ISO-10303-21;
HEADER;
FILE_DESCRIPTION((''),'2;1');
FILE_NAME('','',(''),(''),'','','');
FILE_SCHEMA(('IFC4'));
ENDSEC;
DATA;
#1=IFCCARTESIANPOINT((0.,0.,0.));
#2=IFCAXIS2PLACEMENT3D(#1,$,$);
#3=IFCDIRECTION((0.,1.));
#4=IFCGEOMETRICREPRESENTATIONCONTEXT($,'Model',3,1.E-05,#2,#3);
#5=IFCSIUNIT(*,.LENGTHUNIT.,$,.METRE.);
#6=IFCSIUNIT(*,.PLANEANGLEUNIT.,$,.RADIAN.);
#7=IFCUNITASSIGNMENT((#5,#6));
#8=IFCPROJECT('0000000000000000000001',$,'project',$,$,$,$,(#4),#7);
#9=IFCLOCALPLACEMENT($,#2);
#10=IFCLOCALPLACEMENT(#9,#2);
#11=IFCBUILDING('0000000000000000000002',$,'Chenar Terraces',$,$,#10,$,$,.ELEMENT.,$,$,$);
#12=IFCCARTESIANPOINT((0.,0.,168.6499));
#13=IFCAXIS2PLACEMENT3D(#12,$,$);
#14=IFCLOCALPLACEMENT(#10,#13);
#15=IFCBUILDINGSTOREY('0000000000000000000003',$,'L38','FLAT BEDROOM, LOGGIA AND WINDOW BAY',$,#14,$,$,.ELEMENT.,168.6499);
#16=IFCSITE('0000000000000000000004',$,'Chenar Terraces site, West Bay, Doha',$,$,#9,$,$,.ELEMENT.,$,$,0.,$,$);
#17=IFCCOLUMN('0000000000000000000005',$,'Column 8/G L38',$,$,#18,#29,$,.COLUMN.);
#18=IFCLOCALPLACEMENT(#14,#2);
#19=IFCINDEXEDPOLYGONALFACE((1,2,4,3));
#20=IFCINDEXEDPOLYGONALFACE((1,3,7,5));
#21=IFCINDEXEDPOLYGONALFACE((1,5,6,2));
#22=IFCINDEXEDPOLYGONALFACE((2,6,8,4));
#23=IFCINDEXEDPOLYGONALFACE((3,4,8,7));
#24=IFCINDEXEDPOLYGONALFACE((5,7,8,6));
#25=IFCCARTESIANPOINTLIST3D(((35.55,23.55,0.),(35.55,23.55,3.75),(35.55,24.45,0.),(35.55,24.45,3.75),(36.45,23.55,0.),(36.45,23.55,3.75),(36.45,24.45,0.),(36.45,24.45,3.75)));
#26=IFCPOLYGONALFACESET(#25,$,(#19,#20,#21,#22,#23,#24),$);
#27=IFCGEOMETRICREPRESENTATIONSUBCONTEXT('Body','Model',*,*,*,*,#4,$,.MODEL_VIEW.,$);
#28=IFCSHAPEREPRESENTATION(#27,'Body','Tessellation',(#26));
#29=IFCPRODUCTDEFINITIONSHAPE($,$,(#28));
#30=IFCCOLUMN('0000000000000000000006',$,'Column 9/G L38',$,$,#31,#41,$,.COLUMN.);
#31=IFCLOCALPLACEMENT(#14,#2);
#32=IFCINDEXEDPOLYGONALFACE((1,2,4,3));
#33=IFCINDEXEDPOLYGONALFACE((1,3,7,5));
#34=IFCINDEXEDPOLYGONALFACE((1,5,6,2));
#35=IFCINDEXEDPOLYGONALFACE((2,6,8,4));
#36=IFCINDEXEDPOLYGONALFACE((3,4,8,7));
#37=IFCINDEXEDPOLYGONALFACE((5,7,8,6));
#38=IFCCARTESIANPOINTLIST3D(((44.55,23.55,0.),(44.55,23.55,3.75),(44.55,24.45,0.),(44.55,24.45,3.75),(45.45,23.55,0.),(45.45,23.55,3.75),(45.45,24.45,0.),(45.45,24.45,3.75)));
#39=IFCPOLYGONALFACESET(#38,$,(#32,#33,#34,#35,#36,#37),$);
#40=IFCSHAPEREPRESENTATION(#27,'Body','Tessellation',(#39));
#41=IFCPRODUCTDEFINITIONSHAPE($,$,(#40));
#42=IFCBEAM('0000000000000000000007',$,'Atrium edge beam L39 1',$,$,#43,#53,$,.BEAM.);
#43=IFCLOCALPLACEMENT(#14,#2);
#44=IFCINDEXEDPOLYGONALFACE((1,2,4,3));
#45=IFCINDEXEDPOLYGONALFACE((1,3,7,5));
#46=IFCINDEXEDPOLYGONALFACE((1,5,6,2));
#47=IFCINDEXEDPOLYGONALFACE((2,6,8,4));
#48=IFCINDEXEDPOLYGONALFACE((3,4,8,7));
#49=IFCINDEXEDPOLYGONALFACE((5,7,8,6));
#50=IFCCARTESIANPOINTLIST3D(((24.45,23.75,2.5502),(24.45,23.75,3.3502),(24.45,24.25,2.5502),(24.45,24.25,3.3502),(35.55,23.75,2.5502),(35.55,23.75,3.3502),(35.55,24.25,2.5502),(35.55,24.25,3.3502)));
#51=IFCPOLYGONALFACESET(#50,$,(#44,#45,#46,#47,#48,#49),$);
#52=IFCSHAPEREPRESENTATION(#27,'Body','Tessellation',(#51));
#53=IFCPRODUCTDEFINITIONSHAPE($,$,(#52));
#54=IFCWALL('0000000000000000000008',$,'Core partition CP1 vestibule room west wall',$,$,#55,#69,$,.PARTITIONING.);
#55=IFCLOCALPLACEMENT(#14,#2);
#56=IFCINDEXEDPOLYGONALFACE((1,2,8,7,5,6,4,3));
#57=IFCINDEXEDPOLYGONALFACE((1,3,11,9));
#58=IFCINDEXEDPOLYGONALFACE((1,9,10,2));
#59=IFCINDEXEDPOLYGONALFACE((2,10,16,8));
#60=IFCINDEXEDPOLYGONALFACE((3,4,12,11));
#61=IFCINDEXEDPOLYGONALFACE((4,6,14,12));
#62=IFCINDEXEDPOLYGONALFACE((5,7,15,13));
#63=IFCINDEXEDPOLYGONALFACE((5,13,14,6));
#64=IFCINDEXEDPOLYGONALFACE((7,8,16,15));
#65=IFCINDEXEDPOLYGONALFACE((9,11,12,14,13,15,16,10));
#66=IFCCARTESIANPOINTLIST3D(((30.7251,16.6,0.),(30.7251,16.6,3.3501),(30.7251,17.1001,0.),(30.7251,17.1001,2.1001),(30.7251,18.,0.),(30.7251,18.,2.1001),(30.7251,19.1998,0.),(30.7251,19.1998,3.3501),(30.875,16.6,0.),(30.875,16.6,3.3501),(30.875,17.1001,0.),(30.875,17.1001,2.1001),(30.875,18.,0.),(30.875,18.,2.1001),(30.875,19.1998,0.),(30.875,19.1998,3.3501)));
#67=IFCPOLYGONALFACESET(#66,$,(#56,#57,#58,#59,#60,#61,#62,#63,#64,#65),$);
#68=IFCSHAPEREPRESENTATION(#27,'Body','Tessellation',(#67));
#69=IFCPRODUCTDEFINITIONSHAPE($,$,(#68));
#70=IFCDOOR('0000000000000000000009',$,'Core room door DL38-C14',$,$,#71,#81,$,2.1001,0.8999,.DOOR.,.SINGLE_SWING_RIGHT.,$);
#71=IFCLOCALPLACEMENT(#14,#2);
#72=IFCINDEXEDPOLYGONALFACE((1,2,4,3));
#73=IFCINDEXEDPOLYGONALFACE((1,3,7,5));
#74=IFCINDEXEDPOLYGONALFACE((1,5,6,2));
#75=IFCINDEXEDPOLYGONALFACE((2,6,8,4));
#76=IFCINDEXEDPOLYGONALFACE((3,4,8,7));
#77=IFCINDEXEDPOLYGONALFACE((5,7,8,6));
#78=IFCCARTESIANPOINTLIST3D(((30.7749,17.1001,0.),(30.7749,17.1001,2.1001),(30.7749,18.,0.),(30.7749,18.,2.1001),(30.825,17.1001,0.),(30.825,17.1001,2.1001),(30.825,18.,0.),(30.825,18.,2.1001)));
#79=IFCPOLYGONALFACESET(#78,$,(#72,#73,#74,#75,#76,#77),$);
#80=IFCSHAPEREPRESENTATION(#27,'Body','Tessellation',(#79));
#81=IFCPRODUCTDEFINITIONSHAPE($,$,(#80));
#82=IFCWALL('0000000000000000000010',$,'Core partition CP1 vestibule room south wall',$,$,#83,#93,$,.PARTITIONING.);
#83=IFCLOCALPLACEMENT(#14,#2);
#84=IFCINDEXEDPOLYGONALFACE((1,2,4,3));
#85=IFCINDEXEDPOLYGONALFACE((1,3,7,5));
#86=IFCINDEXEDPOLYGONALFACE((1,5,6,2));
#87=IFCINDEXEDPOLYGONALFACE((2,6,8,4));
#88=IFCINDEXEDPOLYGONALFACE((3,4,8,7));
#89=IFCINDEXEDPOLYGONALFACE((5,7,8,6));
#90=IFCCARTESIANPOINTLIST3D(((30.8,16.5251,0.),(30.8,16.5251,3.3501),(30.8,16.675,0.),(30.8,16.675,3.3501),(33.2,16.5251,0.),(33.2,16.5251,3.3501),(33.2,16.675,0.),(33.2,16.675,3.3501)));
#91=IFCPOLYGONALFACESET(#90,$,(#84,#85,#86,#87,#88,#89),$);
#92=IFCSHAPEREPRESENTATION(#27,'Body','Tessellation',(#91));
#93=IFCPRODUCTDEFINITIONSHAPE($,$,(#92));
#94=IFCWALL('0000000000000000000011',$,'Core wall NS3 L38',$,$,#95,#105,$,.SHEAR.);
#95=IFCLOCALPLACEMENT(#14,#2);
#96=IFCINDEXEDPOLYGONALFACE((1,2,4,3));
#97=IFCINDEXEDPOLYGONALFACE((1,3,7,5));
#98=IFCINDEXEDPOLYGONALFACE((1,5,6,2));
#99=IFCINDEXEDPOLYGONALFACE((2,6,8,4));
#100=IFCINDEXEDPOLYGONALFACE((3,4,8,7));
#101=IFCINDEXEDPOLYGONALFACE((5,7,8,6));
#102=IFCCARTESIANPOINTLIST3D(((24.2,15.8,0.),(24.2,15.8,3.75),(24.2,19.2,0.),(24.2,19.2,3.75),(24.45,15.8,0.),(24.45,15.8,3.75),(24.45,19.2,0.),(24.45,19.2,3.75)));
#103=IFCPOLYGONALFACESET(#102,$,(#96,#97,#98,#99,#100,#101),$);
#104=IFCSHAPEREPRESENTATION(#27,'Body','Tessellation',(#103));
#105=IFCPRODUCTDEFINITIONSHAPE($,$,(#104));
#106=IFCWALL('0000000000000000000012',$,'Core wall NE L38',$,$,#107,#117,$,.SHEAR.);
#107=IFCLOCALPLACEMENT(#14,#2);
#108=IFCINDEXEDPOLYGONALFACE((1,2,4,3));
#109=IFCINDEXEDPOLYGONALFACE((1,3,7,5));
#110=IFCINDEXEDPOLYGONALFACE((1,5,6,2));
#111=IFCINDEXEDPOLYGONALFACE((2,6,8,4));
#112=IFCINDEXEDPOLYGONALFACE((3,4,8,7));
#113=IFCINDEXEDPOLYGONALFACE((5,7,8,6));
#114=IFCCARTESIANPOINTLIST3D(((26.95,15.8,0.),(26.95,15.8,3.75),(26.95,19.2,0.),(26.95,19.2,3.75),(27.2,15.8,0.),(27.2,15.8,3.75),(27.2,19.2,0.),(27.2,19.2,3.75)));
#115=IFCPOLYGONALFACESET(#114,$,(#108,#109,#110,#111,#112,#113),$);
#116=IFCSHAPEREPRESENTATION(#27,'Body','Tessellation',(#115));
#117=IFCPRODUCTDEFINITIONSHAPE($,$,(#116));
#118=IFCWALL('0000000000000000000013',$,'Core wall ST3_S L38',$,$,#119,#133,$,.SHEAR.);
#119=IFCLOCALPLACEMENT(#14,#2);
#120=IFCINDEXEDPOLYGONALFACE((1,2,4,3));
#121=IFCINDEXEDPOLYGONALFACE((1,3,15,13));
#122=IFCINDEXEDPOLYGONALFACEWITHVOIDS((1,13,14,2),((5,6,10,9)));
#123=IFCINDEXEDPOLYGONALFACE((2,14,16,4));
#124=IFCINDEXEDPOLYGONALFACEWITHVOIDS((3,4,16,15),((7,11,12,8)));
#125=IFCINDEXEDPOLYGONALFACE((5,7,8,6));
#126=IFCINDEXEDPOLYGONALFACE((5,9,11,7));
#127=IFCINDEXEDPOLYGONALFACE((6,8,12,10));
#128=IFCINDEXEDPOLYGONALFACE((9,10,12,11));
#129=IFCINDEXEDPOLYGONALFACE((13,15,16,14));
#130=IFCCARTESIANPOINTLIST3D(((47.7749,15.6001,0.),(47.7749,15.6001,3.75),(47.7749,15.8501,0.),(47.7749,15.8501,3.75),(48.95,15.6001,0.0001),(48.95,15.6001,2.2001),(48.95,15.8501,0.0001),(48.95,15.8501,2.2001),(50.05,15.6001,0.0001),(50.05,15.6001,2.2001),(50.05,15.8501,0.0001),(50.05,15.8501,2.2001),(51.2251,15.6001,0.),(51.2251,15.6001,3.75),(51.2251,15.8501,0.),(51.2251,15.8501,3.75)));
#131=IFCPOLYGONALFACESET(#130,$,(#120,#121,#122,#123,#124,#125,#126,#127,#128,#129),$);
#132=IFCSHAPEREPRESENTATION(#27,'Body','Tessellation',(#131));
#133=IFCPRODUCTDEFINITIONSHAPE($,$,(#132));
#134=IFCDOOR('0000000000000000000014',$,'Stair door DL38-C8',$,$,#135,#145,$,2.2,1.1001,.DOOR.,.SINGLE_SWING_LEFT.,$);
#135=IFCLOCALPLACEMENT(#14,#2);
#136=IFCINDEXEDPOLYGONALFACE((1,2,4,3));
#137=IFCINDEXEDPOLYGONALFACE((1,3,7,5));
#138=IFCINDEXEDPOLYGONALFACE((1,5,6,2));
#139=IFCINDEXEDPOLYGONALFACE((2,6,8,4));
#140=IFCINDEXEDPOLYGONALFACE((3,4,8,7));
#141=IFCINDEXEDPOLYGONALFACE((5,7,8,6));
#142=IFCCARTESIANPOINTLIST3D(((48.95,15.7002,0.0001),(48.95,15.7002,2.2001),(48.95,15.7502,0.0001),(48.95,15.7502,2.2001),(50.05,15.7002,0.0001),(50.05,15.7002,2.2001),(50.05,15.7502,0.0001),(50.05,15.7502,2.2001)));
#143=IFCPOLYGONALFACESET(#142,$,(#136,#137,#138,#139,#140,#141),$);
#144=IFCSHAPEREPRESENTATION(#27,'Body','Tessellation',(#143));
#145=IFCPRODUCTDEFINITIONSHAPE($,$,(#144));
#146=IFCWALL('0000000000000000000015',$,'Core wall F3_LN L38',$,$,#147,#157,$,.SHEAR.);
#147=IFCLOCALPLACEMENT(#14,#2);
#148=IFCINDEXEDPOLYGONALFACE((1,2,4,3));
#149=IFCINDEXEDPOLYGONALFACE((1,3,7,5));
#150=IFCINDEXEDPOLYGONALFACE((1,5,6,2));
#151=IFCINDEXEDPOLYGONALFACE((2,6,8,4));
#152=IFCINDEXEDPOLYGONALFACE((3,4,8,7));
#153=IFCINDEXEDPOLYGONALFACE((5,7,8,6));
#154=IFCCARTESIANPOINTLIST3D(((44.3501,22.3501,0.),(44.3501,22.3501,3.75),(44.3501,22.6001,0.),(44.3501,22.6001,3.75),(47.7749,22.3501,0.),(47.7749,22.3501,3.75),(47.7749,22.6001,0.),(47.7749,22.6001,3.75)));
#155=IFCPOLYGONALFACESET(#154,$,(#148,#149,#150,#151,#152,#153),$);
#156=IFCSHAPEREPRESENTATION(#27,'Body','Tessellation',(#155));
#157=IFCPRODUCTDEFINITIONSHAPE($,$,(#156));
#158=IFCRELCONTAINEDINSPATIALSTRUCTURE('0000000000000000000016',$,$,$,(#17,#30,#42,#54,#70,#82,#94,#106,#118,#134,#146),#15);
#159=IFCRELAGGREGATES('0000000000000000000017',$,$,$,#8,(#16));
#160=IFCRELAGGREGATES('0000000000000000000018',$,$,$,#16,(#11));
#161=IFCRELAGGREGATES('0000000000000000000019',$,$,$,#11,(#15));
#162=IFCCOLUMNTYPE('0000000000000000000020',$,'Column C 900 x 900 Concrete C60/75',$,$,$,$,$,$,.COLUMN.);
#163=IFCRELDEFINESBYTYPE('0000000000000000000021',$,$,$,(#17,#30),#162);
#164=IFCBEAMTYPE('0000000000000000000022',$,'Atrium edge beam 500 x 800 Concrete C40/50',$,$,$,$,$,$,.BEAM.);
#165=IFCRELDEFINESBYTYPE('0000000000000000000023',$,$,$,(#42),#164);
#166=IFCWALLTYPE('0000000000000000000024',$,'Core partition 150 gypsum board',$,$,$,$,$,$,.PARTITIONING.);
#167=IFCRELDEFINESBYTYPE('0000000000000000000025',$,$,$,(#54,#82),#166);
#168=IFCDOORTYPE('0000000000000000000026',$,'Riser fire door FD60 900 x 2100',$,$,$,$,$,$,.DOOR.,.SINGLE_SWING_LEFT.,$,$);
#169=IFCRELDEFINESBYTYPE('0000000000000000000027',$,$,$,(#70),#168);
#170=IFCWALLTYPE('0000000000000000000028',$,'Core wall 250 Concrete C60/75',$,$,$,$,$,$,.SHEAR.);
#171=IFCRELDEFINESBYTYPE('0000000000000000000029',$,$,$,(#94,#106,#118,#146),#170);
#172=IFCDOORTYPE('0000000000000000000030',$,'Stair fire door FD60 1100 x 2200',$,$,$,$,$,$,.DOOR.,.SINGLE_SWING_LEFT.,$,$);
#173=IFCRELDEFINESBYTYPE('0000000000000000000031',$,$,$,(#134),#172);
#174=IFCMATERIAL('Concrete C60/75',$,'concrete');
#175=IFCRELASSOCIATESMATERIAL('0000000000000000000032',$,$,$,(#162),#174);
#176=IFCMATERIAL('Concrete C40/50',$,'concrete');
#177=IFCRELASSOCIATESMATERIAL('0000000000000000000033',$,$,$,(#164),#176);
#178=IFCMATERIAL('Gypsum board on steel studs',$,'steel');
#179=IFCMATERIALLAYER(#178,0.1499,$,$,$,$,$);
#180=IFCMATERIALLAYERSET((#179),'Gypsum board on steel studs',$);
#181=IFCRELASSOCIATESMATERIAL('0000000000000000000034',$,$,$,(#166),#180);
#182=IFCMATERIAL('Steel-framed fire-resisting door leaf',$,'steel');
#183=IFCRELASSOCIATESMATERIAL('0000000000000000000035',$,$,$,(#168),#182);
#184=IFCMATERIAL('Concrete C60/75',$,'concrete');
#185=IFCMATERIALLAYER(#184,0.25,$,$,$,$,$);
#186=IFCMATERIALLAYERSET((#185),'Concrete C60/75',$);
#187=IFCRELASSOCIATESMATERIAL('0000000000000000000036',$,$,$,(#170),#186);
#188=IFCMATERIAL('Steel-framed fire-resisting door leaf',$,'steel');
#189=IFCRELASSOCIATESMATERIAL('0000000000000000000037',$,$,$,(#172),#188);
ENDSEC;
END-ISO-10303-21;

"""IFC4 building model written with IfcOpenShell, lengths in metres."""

from ifc_helpers import new_model, si_unit, direction, frame, frame_2d, origin, origin_2d, place, context, subcontext, project, spatial, rectangle, extrude, material, layer, layer_set, material_profile, profile_set, type_object, element, fill, save


model = new_model("IFC4")

# Units and contexts
model_context = context("Model", 3, precision=1e-05, world=origin(), true_north=direction((0.0, 1.0)))
body_context = subcontext(model_context, "Body", "Model", "MODEL_VIEW")
ifc_project = project(units=[si_unit("LENGTHUNIT", "METRE"), si_unit("PLANEANGLEUNIT", "RADIAN")], contexts=[model_context])

# Site, building, storey
site_placement = place(None, origin())
site = spatial("IfcSite", under=ifc_project, at=site_placement, Name="Chenar Terraces site, West Bay, Doha", CompositionType="ELEMENT", RefElevation=0.0)
building_placement = place(site_placement, origin())
building = spatial("IfcBuilding", under=site, at=building_placement, Name="Chenar Terraces", CompositionType="ELEMENT")
storey_placement = place(building_placement, frame((0.0, 0.0, 168.6499)))
storey = spatial("IfcBuildingStorey", under=building, at=storey_placement, Name="L38", Description="FLAT BEDROOM, LOGGIA AND WINDOW BAY", CompositionType="ELEMENT", Elevation=168.6499)

# Columns
ifc_material_1 = material(Name="Concrete C60/75", Category="concrete")
ifc_material_profile_1 = material_profile(ifc_material_1, rectangle(XDim=0.8999, YDim=0.8999, at=origin_2d()), Name="C 900 x 900")
ifc_profile_set_1 = profile_set([ifc_material_profile_1], Name="Concrete C60/75")
column_type = type_object("IfcColumnType", Name="Column C 900 x 900 Concrete C60/75", PredefinedType="COLUMN", material=ifc_profile_set_1)
for number, where, z_axis, x_axis, name in (
    (1, (36.0, 24.0, 0.0), (0.0, 0.0, 1.0), (1.0, 0.0, 0.0), "Column 8/G L38"),
    (2, (45.0, 24.0, 0.0), (0.0, 0.0, 1.0), (1.0, 0.0, 0.0), "Column 9/G L38"),
):
    element("IfcColumn", number, at=place(storey_placement, frame(where, z_axis=z_axis, x_axis=x_axis)), inside=storey, type_object=column_type, Name=name, PredefinedType="COLUMN", context=body_context, shape_type="SweptSolid", body=[
        extrude(rectangle(XDim=0.8999, YDim=0.8999, at=origin_2d()), origin(), (0.0, 0.0, 1.0), 3.75),
    ])

# Beam
ifc_material_2 = material(Name="Concrete C40/50", Category="concrete")
ifc_material_profile_2 = material_profile(ifc_material_2, rectangle(XDim=0.5, YDim=0.8, at=origin_2d()), Name="RC 500 x 800")
ifc_profile_set_2 = profile_set([ifc_material_profile_2], Name="Concrete C40/50")
beam_type = type_object("IfcBeamType", Name="Atrium edge beam 500 x 800 Concrete C40/50", PredefinedType="BEAM", material=ifc_profile_set_2)
beam_placement = place(storey_placement, frame((24.45, 24.0, 2.9502), z_axis=(1.0, 0.0, 0.0), x_axis=(0.0, 1.0, 0.0)))
element("IfcBeam", 3, at=beam_placement, inside=storey, type_object=beam_type, Name="Atrium edge beam L39 1", PredefinedType="BEAM", context=body_context, shape_type="SweptSolid", body=[
    extrude(rectangle(XDim=0.5, YDim=0.8, at=origin_2d()), origin(), (0.0, 0.0, 1.0), 11.1001),
])

# Wall, opening, door
ifc_material_3 = material(Name="Gypsum board on steel studs", Category="steel")
ifc_layer_1 = layer(ifc_material_3, 0.1499)
ifc_layer_set_1 = layer_set([ifc_layer_1], Name="Gypsum board on steel studs")
wall_type_1 = type_object("IfcWallType", Name="Core partition 150 gypsum board", PredefinedType="PARTITIONING", material=ifc_layer_set_1)
wall_1_placement = place(storey_placement, frame((30.8, 16.6001, 0.0), z_axis=(0.0, 0.0, 1.0), x_axis=(0.0, 1.0, 0.0)))
wall_1 = element("IfcWall", 4, at=wall_1_placement, inside=storey, type_object=wall_type_1, Name="Core partition CP1 vestibule room west wall", PredefinedType="PARTITIONING", context=body_context, shape_type="SweptSolid", body=[
    extrude(rectangle(XDim=2.5999, YDim=0.1499, at=frame_2d((1.2998, 0.0))), origin(), (0.0, 0.0, 1.0), 3.3501),
])
opening_1_placement = place(wall_1_placement, frame((0.5, 0.0, 0.0)))
opening_1 = element("IfcOpeningElement", 5, at=opening_1_placement, cuts=wall_1, PredefinedType="OPENING", context=body_context, shape_type="SweptSolid", body=[
    extrude(rectangle(XDim=0.8999, YDim=2.1001, at=frame_2d((0.45, 1.05))), frame((0.0, 0.085, 0.0), z_axis=(0.0, -1.0, 0.0), x_axis=(1.0, 0.0, 0.0)), (0.0, 0.0, 1.0), 0.1699),
])
ifc_material_4 = material(Name="Steel-framed fire-resisting door leaf", Category="steel")
door_type_1 = type_object("IfcDoorType", Name="Riser fire door FD60 900 x 2100", OperationType="SINGLE_SWING_LEFT", PredefinedType="DOOR", material=ifc_material_4)
door_1_placement = place(opening_1_placement, frame((0.8999, 0.0, 0.0), z_axis=(0.0, 0.0, 1.0), x_axis=(-1.0, 0.0, 0.0)))
door_1 = element("IfcDoor", 6, at=door_1_placement, inside=storey, type_object=door_type_1, Name="Core room door DL38-C14", OperationType="SINGLE_SWING_RIGHT", OverallHeight=2.1001, OverallWidth=0.8999, PredefinedType="DOOR", context=body_context, shape_type="SweptSolid", body=[
    extrude(rectangle(XDim=0.8999, YDim=2.1001, at=frame_2d((0.45, 1.05))), frame((0.0, 0.0249, 0.0), z_axis=(0.0, -1.0, 0.0), x_axis=(1.0, 0.0, 0.0)), (0.0, 0.0, 1.0), 0.05),
])
fill(opening_1, door_1)

# Walls
wall_2_placement = place(storey_placement, frame((30.8, 16.6001, 0.0), z_axis=(0.0, 0.0, 1.0), x_axis=(1.0, 0.0, 0.0)))
element("IfcWall", 7, at=wall_2_placement, inside=storey, type_object=wall_type_1, Name="Core partition CP1 vestibule room south wall", PredefinedType="PARTITIONING", context=body_context, shape_type="SweptSolid", body=[
    extrude(rectangle(XDim=2.3999, YDim=0.1499, at=frame_2d((1.2, 0.0))), origin(), (0.0, 0.0, 1.0), 3.3501),
])
ifc_material_5 = material(Name="Concrete C60/75", Category="concrete")
ifc_layer_2 = layer(ifc_material_5, 0.25)
ifc_layer_set_2 = layer_set([ifc_layer_2], Name="Concrete C60/75")
wall_type_2 = type_object("IfcWallType", Name="Core wall 250 Concrete C60/75", PredefinedType="SHEAR", material=ifc_layer_set_2)
for number, where, z_axis, x_axis, name in (
    (8, (24.325, 15.8, 0.0), (0.0, 0.0, 1.0), (0.0, 1.0, 0.0), "Core wall NS3 L38"),
    (9, (27.075, 15.8, 0.0), (0.0, 0.0, 1.0), (0.0, 1.0, 0.0), "Core wall NE L38"),
):
    element("IfcWall", number, at=place(storey_placement, frame(where, z_axis=z_axis, x_axis=x_axis)), inside=storey, type_object=wall_type_2, Name=name, PredefinedType="SHEAR", context=body_context, shape_type="SweptSolid", body=[
        extrude(rectangle(XDim=3.3999, YDim=0.25, at=frame_2d((1.7, 0.0))), origin(), (0.0, 0.0, 1.0), 3.75),
    ])

# Wall, opening, door
wall_3_placement = place(storey_placement, frame((47.7749, 15.7251, 0.0), z_axis=(0.0, 0.0, 1.0), x_axis=(1.0, 0.0, 0.0)))
wall_3 = element("IfcWall", 10, at=wall_3_placement, inside=storey, type_object=wall_type_2, Name="Core wall ST3_S L38", PredefinedType="SHEAR", context=body_context, shape_type="SweptSolid", body=[
    extrude(rectangle(XDim=3.4502, YDim=0.25, at=frame_2d((1.7251, 0.0))), origin(), (0.0, 0.0, 1.0), 3.75),
])
opening_2_placement = place(wall_3_placement, frame((1.175, 0.0, 0.0)))
opening_2 = element("IfcOpeningElement", 11, at=opening_2_placement, cuts=wall_3, PredefinedType="OPENING", context=body_context, shape_type="SweptSolid", body=[
    extrude(rectangle(XDim=1.1001, YDim=2.2, at=frame_2d((0.55, 1.1001))), frame((0.0, 0.135, 0.0), z_axis=(0.0, -1.0, 0.0), x_axis=(1.0, 0.0, 0.0)), (0.0, 0.0, 1.0), 0.27),
])
ifc_material_6 = material(Name="Steel-framed fire-resisting door leaf", Category="steel")
door_type_2 = type_object("IfcDoorType", Name="Stair fire door FD60 1100 x 2200", OperationType="SINGLE_SWING_LEFT", PredefinedType="DOOR", material=ifc_material_6)
door_2_placement = place(opening_2_placement, frame((1.1001, 0.0, 0.0), z_axis=(0.0, 0.0, 1.0), x_axis=(-1.0, 0.0, 0.0)))
door_2 = element("IfcDoor", 12, at=door_2_placement, inside=storey, type_object=door_type_2, Name="Stair door DL38-C8", OperationType="SINGLE_SWING_LEFT", OverallHeight=2.2, OverallWidth=1.1001, PredefinedType="DOOR", context=body_context, shape_type="SweptSolid", body=[
    extrude(rectangle(XDim=1.1001, YDim=2.2, at=frame_2d((0.55, 1.1001))), frame((0.0, 0.0249, 0.0), z_axis=(0.0, -1.0, 0.0), x_axis=(1.0, 0.0, 0.0)), (0.0, 0.0, 1.0), 0.05),
])
fill(opening_2, door_2)

# Wall
wall_4_placement = place(storey_placement, frame((44.3501, 22.4751, 0.0), z_axis=(0.0, 0.0, 1.0), x_axis=(1.0, 0.0, 0.0)))
element("IfcWall", 13, at=wall_4_placement, inside=storey, type_object=wall_type_2, Name="Core wall F3_LN L38", PredefinedType="SHEAR", context=body_context, shape_type="SweptSolid", body=[
    extrude(rectangle(XDim=3.4248, YDim=0.25, at=frame_2d((1.7124, 0.0))), origin(), (0.0, 0.0, 1.0), 3.75),
])

save(model, "model.ifc")
